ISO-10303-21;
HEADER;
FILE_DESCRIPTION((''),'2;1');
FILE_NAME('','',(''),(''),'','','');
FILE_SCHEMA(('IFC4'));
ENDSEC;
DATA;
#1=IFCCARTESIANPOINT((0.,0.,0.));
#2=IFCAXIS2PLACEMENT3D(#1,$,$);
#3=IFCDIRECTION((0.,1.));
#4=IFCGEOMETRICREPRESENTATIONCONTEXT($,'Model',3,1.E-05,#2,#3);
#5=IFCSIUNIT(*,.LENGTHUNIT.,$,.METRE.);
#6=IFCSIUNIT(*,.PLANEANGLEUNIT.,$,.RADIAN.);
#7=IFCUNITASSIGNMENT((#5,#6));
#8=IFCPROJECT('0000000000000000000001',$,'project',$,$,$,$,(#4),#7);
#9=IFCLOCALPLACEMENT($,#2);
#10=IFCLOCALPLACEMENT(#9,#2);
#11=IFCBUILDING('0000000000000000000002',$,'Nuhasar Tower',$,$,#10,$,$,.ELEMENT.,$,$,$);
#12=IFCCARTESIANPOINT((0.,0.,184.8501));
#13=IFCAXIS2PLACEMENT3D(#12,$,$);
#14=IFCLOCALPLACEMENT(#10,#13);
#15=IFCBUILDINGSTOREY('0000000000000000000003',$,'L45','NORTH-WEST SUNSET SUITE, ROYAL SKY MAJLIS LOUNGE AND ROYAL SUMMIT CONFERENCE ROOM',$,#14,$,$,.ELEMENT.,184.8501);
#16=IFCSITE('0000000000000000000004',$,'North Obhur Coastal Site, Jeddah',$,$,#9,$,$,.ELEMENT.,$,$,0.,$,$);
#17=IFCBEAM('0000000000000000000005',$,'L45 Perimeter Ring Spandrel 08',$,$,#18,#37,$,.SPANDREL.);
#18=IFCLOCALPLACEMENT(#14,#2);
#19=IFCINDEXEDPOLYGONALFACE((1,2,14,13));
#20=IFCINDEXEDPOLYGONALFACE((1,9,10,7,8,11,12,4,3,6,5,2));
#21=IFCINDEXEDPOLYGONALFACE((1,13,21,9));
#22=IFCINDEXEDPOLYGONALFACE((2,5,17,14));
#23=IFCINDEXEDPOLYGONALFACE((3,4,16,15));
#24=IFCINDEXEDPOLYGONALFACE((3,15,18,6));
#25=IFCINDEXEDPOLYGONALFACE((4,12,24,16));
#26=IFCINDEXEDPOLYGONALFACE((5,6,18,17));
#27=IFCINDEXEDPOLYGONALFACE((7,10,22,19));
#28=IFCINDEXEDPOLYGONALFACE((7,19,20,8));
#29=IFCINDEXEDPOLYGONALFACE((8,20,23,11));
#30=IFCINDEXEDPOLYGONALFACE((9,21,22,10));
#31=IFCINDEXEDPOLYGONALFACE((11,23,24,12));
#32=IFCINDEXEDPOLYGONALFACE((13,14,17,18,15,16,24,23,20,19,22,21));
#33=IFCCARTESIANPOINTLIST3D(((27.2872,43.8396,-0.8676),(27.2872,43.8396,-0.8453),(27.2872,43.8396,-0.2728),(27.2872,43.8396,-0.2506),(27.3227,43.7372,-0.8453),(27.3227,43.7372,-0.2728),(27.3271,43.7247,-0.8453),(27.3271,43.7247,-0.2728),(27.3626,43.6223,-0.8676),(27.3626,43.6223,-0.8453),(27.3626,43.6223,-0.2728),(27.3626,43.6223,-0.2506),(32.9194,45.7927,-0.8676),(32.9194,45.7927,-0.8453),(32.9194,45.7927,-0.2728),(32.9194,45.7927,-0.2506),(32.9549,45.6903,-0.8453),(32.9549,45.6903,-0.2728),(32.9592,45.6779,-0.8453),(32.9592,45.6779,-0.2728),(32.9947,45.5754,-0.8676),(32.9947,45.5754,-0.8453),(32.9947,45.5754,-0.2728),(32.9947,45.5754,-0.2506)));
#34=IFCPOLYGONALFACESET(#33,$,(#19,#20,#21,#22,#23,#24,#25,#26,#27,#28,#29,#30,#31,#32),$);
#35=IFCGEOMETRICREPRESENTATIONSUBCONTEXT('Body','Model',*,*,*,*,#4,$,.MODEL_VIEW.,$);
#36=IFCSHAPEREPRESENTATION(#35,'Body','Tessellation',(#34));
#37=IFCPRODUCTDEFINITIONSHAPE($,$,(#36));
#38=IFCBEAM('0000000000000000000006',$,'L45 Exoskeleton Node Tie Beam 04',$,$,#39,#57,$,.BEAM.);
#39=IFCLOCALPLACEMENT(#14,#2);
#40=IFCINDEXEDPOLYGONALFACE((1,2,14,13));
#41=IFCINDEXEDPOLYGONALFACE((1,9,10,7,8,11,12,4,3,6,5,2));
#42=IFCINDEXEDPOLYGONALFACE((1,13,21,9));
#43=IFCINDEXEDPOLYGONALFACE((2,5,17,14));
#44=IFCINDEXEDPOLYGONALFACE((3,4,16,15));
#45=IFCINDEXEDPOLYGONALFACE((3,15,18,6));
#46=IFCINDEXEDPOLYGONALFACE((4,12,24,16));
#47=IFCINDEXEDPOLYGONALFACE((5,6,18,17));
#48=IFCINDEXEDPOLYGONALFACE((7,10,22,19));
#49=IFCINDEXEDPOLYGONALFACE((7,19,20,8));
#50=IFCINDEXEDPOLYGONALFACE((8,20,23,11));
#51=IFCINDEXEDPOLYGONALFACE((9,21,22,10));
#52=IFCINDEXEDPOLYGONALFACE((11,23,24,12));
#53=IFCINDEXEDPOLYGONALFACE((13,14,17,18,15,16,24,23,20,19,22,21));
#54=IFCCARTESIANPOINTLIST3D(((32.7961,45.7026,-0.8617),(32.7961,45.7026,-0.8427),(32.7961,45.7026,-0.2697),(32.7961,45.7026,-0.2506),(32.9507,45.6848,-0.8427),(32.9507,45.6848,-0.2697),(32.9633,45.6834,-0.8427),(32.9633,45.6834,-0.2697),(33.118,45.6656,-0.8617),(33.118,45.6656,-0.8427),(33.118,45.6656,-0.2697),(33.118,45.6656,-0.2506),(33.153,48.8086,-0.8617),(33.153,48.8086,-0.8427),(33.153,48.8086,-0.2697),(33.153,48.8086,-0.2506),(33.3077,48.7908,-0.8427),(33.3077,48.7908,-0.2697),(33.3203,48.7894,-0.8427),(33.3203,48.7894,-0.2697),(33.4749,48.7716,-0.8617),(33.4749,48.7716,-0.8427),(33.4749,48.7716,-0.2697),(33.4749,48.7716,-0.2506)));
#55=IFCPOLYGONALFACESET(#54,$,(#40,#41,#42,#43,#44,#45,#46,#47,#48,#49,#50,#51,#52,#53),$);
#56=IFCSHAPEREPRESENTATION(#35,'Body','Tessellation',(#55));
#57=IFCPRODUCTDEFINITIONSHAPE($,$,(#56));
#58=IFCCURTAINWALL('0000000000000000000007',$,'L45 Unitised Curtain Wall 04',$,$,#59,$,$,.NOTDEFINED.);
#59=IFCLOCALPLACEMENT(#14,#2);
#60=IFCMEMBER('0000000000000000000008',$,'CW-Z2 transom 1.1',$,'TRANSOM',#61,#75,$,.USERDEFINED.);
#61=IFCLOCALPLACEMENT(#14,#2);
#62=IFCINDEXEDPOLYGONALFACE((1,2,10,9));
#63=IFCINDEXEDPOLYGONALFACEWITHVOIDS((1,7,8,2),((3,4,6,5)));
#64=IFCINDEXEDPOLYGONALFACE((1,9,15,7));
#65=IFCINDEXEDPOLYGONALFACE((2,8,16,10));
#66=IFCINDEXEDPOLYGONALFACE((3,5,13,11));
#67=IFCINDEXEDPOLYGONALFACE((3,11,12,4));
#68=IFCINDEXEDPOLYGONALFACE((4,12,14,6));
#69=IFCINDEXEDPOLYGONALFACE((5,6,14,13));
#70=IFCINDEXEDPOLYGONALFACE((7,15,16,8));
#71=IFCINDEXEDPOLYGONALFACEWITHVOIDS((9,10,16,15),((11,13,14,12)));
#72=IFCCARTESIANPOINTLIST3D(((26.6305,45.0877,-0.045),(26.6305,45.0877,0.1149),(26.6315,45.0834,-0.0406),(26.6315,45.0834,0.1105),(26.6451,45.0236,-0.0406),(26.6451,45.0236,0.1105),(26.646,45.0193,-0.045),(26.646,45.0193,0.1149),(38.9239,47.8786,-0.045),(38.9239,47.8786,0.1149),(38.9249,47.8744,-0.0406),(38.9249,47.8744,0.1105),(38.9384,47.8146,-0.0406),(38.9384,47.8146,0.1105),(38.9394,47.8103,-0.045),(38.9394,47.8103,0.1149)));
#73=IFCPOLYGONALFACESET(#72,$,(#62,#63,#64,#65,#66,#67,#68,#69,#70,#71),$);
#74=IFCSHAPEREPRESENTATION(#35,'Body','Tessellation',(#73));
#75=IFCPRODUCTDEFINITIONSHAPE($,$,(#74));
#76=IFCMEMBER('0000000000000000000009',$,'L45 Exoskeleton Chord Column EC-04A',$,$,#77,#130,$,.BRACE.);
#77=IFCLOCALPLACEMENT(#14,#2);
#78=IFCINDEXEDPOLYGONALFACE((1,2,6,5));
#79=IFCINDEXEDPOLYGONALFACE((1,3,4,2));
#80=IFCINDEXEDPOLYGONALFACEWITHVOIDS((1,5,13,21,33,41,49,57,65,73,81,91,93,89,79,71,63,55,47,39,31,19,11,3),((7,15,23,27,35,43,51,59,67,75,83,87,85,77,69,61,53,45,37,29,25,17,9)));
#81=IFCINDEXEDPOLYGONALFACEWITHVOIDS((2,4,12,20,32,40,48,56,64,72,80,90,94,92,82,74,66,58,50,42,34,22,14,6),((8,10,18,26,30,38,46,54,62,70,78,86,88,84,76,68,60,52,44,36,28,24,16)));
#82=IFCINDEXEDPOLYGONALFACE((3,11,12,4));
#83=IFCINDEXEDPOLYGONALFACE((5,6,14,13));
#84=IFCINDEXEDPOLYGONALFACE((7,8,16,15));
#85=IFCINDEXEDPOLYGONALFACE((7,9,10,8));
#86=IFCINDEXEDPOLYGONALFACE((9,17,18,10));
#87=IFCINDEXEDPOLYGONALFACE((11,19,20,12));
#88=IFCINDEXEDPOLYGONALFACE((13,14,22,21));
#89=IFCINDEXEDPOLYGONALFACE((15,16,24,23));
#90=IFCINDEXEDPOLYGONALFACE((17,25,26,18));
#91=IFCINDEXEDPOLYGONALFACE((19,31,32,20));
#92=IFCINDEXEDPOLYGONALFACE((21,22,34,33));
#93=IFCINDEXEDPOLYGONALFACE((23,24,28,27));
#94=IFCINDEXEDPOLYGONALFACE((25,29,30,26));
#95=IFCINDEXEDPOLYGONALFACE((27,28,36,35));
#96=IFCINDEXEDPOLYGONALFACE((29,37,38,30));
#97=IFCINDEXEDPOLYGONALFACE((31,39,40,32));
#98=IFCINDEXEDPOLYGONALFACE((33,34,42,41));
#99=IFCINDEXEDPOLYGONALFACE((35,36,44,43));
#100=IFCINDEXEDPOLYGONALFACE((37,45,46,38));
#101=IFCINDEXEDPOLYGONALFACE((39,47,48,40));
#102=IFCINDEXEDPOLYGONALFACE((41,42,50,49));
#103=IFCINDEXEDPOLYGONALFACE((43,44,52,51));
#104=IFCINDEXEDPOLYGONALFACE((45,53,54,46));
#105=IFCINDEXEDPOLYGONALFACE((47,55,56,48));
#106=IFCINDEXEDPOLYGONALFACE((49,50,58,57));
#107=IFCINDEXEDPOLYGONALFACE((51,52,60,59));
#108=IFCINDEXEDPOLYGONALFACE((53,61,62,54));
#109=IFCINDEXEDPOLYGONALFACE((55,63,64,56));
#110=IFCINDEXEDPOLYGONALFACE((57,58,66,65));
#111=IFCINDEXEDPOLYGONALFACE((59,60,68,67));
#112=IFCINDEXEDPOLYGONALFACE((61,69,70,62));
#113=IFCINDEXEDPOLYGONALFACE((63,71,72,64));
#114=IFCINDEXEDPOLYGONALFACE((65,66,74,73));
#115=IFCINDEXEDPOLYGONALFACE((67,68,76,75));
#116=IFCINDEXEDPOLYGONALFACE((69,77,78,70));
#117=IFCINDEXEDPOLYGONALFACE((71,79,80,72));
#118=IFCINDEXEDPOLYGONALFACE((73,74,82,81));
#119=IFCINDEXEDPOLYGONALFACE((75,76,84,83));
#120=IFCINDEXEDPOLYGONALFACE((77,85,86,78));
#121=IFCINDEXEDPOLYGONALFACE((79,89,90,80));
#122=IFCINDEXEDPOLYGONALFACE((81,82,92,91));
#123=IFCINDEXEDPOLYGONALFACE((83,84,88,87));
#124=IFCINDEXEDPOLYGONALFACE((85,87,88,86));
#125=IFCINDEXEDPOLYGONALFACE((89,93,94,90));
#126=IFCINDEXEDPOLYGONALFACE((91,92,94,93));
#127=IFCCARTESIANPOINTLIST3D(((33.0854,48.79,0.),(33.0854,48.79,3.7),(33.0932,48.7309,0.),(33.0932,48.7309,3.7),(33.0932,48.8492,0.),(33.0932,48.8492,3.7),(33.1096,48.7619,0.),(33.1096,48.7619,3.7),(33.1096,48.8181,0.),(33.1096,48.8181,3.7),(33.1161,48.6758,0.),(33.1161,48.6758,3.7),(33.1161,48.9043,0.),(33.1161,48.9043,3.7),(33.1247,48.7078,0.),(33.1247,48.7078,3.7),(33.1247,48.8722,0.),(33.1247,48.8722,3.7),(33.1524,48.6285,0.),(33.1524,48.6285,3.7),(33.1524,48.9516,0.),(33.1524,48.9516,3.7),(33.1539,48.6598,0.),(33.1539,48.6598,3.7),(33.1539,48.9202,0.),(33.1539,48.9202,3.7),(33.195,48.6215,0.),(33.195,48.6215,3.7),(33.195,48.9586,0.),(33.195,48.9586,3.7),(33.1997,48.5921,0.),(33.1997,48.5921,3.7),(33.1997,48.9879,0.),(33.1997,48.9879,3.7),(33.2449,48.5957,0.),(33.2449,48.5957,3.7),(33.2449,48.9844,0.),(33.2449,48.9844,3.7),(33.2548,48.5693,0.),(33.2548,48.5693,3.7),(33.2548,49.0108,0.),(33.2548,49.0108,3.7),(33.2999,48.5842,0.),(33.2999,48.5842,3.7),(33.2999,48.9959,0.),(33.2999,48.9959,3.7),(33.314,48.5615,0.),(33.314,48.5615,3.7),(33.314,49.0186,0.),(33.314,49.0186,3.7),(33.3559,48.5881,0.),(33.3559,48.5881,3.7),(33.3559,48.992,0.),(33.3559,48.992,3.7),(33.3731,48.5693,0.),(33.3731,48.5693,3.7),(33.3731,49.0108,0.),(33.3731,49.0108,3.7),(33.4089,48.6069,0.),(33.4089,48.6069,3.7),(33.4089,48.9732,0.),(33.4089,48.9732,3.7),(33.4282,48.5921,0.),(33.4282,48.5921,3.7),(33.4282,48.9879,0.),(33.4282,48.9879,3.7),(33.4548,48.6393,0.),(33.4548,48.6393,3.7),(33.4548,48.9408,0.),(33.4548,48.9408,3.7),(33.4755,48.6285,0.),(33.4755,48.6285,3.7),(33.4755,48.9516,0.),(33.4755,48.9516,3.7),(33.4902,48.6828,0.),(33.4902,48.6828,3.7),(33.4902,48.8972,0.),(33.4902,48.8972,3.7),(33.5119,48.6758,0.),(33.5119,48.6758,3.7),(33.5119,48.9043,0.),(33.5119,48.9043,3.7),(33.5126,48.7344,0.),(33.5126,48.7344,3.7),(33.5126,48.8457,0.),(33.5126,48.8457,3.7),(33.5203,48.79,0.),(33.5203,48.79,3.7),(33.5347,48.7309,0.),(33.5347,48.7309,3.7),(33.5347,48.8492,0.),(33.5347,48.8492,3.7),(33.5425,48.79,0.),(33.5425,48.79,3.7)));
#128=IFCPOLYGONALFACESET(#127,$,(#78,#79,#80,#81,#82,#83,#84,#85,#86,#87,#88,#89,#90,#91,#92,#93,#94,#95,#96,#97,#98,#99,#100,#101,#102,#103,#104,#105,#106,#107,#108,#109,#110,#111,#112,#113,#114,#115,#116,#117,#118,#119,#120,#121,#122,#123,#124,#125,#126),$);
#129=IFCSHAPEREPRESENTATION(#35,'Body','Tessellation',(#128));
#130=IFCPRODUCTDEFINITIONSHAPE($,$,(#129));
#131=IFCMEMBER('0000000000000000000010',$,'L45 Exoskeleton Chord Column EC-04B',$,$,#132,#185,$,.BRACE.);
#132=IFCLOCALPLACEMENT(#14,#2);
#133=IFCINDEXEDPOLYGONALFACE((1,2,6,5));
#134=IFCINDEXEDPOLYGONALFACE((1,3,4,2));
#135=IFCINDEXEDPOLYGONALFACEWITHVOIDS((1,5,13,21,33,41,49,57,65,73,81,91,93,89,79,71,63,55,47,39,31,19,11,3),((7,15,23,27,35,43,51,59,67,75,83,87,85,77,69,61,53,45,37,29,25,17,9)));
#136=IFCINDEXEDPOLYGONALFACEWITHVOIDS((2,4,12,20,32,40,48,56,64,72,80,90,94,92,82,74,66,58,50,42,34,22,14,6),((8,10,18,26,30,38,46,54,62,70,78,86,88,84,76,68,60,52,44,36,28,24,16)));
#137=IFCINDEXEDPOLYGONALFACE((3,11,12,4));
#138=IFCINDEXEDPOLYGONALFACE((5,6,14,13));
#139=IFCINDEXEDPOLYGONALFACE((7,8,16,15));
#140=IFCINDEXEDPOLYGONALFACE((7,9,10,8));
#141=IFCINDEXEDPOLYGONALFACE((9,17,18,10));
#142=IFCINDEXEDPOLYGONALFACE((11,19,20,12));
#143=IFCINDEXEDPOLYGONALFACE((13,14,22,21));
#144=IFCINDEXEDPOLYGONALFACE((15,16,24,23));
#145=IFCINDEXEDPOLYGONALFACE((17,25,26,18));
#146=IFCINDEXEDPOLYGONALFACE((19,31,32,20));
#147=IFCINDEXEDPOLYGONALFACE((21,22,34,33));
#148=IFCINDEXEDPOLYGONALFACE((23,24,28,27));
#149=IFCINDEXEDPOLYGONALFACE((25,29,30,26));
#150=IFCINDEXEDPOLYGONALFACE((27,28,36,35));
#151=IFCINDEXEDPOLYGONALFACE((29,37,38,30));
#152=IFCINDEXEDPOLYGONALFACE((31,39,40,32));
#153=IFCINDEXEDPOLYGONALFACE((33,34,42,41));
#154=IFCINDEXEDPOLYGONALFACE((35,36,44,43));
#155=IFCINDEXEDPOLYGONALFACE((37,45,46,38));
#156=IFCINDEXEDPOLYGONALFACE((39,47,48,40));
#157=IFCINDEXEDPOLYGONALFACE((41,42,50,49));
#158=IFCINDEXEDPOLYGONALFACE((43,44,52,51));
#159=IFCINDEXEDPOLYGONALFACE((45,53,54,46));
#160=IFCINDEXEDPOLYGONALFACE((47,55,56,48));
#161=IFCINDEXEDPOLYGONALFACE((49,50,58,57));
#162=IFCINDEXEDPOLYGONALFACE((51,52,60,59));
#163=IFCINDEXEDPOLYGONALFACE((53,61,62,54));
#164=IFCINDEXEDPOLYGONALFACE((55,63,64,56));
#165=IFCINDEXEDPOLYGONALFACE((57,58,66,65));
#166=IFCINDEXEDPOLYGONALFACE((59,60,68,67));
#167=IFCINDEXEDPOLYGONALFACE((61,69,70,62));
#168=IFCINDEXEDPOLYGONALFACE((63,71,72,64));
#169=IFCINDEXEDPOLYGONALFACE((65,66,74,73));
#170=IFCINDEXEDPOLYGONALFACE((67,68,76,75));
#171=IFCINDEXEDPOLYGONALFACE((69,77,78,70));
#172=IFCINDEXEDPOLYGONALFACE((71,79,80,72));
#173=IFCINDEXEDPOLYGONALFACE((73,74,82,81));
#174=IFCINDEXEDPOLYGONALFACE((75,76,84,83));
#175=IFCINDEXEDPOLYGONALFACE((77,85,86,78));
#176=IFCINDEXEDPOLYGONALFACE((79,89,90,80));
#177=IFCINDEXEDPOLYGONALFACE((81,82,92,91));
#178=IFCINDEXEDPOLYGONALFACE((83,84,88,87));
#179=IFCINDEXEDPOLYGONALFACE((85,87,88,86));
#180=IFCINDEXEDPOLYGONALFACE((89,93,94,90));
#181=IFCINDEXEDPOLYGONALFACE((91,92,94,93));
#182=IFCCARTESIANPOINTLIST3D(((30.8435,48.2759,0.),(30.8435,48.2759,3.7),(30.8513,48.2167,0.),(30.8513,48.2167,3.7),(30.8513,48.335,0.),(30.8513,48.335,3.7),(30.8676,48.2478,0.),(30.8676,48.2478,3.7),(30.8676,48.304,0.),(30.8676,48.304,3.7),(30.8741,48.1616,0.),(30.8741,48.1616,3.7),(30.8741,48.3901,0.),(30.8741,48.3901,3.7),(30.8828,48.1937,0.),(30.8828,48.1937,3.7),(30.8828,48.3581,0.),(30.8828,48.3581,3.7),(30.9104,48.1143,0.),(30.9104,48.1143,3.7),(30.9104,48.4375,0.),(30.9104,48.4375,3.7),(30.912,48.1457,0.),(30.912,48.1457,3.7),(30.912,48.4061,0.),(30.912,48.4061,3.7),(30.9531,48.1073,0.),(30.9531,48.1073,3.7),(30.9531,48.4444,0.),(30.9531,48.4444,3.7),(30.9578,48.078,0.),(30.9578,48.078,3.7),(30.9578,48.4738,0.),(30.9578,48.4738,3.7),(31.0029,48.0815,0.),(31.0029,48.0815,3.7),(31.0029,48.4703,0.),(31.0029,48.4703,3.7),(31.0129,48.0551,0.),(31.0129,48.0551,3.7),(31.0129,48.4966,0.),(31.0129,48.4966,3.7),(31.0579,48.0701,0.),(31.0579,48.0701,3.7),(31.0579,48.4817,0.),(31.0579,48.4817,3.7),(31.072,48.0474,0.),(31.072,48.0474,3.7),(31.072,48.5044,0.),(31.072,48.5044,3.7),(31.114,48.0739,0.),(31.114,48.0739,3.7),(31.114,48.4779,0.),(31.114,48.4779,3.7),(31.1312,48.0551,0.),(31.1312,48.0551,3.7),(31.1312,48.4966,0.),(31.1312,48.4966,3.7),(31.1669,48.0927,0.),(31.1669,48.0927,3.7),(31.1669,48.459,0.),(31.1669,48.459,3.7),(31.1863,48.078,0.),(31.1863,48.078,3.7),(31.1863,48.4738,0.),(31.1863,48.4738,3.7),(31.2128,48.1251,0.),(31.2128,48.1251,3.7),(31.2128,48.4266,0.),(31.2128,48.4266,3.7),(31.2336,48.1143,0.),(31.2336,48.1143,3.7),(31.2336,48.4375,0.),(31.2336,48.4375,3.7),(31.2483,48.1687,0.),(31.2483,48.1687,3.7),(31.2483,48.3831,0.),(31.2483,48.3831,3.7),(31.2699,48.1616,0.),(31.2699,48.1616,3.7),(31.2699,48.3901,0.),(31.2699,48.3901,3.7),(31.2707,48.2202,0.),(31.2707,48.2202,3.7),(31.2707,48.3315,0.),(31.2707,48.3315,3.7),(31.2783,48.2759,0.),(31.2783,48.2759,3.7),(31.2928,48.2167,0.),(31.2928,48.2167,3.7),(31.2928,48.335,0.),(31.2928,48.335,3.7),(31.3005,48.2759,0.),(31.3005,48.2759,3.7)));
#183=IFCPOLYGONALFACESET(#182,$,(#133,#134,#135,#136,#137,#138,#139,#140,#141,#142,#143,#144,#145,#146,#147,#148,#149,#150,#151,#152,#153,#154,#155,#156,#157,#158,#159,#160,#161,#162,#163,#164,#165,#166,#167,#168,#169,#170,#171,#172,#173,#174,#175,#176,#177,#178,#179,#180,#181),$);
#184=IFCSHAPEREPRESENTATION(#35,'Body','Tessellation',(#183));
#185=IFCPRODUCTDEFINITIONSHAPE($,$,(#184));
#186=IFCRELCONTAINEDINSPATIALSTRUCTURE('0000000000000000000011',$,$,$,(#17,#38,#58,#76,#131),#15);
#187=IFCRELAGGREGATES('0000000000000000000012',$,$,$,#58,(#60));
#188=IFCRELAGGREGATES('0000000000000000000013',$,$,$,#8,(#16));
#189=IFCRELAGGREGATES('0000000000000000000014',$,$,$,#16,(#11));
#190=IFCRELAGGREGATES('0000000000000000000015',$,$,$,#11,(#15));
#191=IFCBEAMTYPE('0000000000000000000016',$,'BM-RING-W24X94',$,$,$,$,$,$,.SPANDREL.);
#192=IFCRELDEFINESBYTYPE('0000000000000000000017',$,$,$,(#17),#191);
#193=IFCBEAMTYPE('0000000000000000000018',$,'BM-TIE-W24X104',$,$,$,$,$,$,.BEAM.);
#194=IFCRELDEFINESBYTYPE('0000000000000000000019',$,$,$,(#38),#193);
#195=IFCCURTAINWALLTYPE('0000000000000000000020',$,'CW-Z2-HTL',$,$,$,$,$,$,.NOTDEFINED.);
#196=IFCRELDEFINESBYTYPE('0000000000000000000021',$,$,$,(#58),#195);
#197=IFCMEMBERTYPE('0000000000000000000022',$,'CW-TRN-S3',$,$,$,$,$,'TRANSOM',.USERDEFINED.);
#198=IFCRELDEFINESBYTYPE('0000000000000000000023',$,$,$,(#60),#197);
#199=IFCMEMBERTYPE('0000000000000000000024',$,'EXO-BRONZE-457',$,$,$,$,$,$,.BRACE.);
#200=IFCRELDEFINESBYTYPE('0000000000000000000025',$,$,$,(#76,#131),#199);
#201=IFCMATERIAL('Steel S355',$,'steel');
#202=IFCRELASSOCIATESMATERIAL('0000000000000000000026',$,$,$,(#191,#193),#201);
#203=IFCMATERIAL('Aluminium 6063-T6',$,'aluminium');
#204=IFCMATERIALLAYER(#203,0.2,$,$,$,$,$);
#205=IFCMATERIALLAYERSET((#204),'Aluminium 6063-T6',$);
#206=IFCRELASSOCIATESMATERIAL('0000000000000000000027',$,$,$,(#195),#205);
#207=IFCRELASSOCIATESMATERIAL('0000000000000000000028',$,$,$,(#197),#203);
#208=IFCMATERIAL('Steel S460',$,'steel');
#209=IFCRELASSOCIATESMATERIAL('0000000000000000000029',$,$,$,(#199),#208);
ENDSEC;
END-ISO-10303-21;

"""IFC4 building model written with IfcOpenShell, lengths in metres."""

from ifc_helpers import new_model, si_unit, direction, frame, origin, origin_2d, place, context, subcontext, project, spatial, hollow_rectangle, hollow_circle, i_section, extrude, material, layer, layer_set, material_profile, profile_set, type_object, element, aggregate, save


model = new_model("IFC4")

# Units and contexts
model_context = context("Model", 3, precision=1e-05, world=origin(), true_north=direction((0.0, 1.0)))
body_context = subcontext(model_context, "Body", "Model", "MODEL_VIEW")
ifc_project = project(units=[si_unit("LENGTHUNIT", "METRE"), si_unit("PLANEANGLEUNIT", "RADIAN")], contexts=[model_context])

# Site, building, storey
site_placement = place(None, origin())
site = spatial("IfcSite", under=ifc_project, at=site_placement, Name="North Obhur Coastal Site, Jeddah", CompositionType="ELEMENT", RefElevation=0.0)
building_placement = place(site_placement, origin())
building = spatial("IfcBuilding", under=site, at=building_placement, Name="Nuhasar Tower", CompositionType="ELEMENT")
storey_placement = place(building_placement, frame((0.0, 0.0, 184.8501)))
storey = spatial("IfcBuildingStorey", under=building, at=storey_placement, Name="L45", Description="NORTH-WEST SUNSET SUITE, ROYAL SKY MAJLIS LOUNGE AND ROYAL SUMMIT CONFERENCE ROOM", CompositionType="ELEMENT", Elevation=184.8501)

# Beams
ifc_material_1 = material(Name="Steel S355", Category="steel")
ifc_material_profile_1 = material_profile(ifc_material_1, i_section(OverallWidth=0.23, OverallDepth=0.6169, WebThickness=0.0132, FlangeThickness=0.0222, at=origin_2d()), Name="W24X94")
ifc_profile_set_1 = profile_set([ifc_material_profile_1], Name="Steel S355")
beam_type_1 = type_object("IfcBeamType", Name="BM-RING-W24X94", PredefinedType="SPANDREL", material=ifc_profile_set_1)
beam_1_placement = place(storey_placement, frame((32.957, 45.6841, -0.5591), z_axis=(-0.944801, -0.327644, 0.0), x_axis=(0.327644, -0.944801, 0.0)))
element("IfcBeam", 1, at=beam_1_placement, inside=storey, type_object=beam_type_1, Name="L45 Perimeter Ring Spandrel 08", PredefinedType="SPANDREL", context=body_context, shape_type="SweptSolid", body=[
    extrude(i_section(OverallWidth=0.23, OverallDepth=0.6169, WebThickness=0.0132, FlangeThickness=0.0222, at=origin_2d()), origin(), (0.0, 0.0, 1.0), 5.9612),
])
ifc_material_profile_2 = material_profile(ifc_material_1, i_section(OverallWidth=0.324, OverallDepth=0.6111, WebThickness=0.0127, FlangeThickness=0.019, at=origin_2d()), Name="W24X104")
ifc_profile_set_2 = profile_set([ifc_material_profile_2], Name="Steel S355")
beam_type_2 = type_object("IfcBeamType", Name="BM-TIE-W24X104", PredefinedType="BEAM", material=ifc_profile_set_2)
beam_2_placement = place(storey_placement, frame((32.957, 45.6841, -0.5562), z_axis=(0.114168, 0.993461, 0.0), x_axis=(-0.993461, 0.114168, 0.0)))
element("IfcBeam", 2, at=beam_2_placement, inside=storey, type_object=beam_type_2, Name="L45 Exoskeleton Node Tie Beam 04", PredefinedType="BEAM", context=body_context, shape_type="SweptSolid", body=[
    extrude(i_section(OverallWidth=0.324, OverallDepth=0.6111, WebThickness=0.0127, FlangeThickness=0.019, at=origin_2d()), origin(), (0.0, 0.0, 1.0), 3.1265),
])

# Curtain wall, member
ifc_material_2 = material(Name="Aluminium 6063-T6", Category="aluminium")
ifc_layer_1 = layer(ifc_material_2, 0.2)
ifc_layer_set_1 = layer_set([ifc_layer_1], Name="Aluminium 6063-T6")
curtain_wall_type = type_object("IfcCurtainWallType", Name="CW-Z2-HTL", PredefinedType="NOTDEFINED", material=ifc_layer_set_1)
curtain_wall_placement = place(storey_placement, origin())
curtain_wall = element("IfcCurtainWall", 3, at=curtain_wall_placement, inside=storey, type_object=curtain_wall_type, Name="L45 Unitised Curtain Wall 04", PredefinedType="NOTDEFINED")
ifc_material_profile_3 = material_profile(ifc_material_2, hollow_rectangle(XDim=0.0701, YDim=0.1599, WallThickness=0.0044, at=origin_2d()), Name="CWT-3")
ifc_profile_set_3 = profile_set([ifc_material_profile_3], Name="Aluminium 6063-T6")
member_type_1 = type_object("IfcMemberType", Name="CW-TRN-S3", ElementType="TRANSOM", PredefinedType="USERDEFINED", material=ifc_profile_set_3)
member_1_placement = place(storey_placement, frame((38.9316, 47.8445, 0.0349), z_axis=(-0.975183, -0.221398, 0.0), x_axis=(0.221398, -0.975183, 0.0)))
member_1 = element("IfcMember", 4, at=member_1_placement, type_object=member_type_1, Name="CW-Z2 transom 1.1", ObjectType="TRANSOM", PredefinedType="USERDEFINED", context=body_context, shape_type="SweptSolid", body=[
    extrude(hollow_rectangle(XDim=0.0701, YDim=0.1599, WallThickness=0.0044, at=origin_2d()), origin(), (0.0, 0.0, 1.0), 12.6062),
])

# Members
ifc_material_3 = material(Name="Steel S460", Category="steel")
ifc_material_profile_4 = material_profile(ifc_material_3, hollow_circle(Radius=0.2285, WallThickness=0.0222, at=origin_2d()), Name="HSS457X22.2")
ifc_profile_set_4 = profile_set([ifc_material_profile_4], Name="Steel S460")
member_type_2 = type_object("IfcMemberType", Name="EXO-BRONZE-457", PredefinedType="BRACE", material=ifc_profile_set_4)
for number, where, z_axis, x_axis, name in (
    (5, (33.314, 48.79, 0.0), (0.0, 0.0, 1.0), (1.0, 0.0, 0.0), "L45 Exoskeleton Chord Column EC-04A"),
    (6, (31.072, 48.2759, 0.0), (0.0, 0.0, 1.0), (1.0, 0.0, 0.0), "L45 Exoskeleton Chord Column EC-04B"),
):
    element("IfcMember", number, at=place(storey_placement, frame(where, z_axis=z_axis, x_axis=x_axis)), inside=storey, type_object=member_type_2, Name=name, PredefinedType="BRACE", context=body_context, shape_type="SweptSolid", body=[
        extrude(hollow_circle(Radius=0.2285, WallThickness=0.0222, at=origin_2d()), origin(), (0.0, 0.0, 1.0), 3.7),
    ])

aggregate(curtain_wall, [member_1])

save(model, "model.ifc")
